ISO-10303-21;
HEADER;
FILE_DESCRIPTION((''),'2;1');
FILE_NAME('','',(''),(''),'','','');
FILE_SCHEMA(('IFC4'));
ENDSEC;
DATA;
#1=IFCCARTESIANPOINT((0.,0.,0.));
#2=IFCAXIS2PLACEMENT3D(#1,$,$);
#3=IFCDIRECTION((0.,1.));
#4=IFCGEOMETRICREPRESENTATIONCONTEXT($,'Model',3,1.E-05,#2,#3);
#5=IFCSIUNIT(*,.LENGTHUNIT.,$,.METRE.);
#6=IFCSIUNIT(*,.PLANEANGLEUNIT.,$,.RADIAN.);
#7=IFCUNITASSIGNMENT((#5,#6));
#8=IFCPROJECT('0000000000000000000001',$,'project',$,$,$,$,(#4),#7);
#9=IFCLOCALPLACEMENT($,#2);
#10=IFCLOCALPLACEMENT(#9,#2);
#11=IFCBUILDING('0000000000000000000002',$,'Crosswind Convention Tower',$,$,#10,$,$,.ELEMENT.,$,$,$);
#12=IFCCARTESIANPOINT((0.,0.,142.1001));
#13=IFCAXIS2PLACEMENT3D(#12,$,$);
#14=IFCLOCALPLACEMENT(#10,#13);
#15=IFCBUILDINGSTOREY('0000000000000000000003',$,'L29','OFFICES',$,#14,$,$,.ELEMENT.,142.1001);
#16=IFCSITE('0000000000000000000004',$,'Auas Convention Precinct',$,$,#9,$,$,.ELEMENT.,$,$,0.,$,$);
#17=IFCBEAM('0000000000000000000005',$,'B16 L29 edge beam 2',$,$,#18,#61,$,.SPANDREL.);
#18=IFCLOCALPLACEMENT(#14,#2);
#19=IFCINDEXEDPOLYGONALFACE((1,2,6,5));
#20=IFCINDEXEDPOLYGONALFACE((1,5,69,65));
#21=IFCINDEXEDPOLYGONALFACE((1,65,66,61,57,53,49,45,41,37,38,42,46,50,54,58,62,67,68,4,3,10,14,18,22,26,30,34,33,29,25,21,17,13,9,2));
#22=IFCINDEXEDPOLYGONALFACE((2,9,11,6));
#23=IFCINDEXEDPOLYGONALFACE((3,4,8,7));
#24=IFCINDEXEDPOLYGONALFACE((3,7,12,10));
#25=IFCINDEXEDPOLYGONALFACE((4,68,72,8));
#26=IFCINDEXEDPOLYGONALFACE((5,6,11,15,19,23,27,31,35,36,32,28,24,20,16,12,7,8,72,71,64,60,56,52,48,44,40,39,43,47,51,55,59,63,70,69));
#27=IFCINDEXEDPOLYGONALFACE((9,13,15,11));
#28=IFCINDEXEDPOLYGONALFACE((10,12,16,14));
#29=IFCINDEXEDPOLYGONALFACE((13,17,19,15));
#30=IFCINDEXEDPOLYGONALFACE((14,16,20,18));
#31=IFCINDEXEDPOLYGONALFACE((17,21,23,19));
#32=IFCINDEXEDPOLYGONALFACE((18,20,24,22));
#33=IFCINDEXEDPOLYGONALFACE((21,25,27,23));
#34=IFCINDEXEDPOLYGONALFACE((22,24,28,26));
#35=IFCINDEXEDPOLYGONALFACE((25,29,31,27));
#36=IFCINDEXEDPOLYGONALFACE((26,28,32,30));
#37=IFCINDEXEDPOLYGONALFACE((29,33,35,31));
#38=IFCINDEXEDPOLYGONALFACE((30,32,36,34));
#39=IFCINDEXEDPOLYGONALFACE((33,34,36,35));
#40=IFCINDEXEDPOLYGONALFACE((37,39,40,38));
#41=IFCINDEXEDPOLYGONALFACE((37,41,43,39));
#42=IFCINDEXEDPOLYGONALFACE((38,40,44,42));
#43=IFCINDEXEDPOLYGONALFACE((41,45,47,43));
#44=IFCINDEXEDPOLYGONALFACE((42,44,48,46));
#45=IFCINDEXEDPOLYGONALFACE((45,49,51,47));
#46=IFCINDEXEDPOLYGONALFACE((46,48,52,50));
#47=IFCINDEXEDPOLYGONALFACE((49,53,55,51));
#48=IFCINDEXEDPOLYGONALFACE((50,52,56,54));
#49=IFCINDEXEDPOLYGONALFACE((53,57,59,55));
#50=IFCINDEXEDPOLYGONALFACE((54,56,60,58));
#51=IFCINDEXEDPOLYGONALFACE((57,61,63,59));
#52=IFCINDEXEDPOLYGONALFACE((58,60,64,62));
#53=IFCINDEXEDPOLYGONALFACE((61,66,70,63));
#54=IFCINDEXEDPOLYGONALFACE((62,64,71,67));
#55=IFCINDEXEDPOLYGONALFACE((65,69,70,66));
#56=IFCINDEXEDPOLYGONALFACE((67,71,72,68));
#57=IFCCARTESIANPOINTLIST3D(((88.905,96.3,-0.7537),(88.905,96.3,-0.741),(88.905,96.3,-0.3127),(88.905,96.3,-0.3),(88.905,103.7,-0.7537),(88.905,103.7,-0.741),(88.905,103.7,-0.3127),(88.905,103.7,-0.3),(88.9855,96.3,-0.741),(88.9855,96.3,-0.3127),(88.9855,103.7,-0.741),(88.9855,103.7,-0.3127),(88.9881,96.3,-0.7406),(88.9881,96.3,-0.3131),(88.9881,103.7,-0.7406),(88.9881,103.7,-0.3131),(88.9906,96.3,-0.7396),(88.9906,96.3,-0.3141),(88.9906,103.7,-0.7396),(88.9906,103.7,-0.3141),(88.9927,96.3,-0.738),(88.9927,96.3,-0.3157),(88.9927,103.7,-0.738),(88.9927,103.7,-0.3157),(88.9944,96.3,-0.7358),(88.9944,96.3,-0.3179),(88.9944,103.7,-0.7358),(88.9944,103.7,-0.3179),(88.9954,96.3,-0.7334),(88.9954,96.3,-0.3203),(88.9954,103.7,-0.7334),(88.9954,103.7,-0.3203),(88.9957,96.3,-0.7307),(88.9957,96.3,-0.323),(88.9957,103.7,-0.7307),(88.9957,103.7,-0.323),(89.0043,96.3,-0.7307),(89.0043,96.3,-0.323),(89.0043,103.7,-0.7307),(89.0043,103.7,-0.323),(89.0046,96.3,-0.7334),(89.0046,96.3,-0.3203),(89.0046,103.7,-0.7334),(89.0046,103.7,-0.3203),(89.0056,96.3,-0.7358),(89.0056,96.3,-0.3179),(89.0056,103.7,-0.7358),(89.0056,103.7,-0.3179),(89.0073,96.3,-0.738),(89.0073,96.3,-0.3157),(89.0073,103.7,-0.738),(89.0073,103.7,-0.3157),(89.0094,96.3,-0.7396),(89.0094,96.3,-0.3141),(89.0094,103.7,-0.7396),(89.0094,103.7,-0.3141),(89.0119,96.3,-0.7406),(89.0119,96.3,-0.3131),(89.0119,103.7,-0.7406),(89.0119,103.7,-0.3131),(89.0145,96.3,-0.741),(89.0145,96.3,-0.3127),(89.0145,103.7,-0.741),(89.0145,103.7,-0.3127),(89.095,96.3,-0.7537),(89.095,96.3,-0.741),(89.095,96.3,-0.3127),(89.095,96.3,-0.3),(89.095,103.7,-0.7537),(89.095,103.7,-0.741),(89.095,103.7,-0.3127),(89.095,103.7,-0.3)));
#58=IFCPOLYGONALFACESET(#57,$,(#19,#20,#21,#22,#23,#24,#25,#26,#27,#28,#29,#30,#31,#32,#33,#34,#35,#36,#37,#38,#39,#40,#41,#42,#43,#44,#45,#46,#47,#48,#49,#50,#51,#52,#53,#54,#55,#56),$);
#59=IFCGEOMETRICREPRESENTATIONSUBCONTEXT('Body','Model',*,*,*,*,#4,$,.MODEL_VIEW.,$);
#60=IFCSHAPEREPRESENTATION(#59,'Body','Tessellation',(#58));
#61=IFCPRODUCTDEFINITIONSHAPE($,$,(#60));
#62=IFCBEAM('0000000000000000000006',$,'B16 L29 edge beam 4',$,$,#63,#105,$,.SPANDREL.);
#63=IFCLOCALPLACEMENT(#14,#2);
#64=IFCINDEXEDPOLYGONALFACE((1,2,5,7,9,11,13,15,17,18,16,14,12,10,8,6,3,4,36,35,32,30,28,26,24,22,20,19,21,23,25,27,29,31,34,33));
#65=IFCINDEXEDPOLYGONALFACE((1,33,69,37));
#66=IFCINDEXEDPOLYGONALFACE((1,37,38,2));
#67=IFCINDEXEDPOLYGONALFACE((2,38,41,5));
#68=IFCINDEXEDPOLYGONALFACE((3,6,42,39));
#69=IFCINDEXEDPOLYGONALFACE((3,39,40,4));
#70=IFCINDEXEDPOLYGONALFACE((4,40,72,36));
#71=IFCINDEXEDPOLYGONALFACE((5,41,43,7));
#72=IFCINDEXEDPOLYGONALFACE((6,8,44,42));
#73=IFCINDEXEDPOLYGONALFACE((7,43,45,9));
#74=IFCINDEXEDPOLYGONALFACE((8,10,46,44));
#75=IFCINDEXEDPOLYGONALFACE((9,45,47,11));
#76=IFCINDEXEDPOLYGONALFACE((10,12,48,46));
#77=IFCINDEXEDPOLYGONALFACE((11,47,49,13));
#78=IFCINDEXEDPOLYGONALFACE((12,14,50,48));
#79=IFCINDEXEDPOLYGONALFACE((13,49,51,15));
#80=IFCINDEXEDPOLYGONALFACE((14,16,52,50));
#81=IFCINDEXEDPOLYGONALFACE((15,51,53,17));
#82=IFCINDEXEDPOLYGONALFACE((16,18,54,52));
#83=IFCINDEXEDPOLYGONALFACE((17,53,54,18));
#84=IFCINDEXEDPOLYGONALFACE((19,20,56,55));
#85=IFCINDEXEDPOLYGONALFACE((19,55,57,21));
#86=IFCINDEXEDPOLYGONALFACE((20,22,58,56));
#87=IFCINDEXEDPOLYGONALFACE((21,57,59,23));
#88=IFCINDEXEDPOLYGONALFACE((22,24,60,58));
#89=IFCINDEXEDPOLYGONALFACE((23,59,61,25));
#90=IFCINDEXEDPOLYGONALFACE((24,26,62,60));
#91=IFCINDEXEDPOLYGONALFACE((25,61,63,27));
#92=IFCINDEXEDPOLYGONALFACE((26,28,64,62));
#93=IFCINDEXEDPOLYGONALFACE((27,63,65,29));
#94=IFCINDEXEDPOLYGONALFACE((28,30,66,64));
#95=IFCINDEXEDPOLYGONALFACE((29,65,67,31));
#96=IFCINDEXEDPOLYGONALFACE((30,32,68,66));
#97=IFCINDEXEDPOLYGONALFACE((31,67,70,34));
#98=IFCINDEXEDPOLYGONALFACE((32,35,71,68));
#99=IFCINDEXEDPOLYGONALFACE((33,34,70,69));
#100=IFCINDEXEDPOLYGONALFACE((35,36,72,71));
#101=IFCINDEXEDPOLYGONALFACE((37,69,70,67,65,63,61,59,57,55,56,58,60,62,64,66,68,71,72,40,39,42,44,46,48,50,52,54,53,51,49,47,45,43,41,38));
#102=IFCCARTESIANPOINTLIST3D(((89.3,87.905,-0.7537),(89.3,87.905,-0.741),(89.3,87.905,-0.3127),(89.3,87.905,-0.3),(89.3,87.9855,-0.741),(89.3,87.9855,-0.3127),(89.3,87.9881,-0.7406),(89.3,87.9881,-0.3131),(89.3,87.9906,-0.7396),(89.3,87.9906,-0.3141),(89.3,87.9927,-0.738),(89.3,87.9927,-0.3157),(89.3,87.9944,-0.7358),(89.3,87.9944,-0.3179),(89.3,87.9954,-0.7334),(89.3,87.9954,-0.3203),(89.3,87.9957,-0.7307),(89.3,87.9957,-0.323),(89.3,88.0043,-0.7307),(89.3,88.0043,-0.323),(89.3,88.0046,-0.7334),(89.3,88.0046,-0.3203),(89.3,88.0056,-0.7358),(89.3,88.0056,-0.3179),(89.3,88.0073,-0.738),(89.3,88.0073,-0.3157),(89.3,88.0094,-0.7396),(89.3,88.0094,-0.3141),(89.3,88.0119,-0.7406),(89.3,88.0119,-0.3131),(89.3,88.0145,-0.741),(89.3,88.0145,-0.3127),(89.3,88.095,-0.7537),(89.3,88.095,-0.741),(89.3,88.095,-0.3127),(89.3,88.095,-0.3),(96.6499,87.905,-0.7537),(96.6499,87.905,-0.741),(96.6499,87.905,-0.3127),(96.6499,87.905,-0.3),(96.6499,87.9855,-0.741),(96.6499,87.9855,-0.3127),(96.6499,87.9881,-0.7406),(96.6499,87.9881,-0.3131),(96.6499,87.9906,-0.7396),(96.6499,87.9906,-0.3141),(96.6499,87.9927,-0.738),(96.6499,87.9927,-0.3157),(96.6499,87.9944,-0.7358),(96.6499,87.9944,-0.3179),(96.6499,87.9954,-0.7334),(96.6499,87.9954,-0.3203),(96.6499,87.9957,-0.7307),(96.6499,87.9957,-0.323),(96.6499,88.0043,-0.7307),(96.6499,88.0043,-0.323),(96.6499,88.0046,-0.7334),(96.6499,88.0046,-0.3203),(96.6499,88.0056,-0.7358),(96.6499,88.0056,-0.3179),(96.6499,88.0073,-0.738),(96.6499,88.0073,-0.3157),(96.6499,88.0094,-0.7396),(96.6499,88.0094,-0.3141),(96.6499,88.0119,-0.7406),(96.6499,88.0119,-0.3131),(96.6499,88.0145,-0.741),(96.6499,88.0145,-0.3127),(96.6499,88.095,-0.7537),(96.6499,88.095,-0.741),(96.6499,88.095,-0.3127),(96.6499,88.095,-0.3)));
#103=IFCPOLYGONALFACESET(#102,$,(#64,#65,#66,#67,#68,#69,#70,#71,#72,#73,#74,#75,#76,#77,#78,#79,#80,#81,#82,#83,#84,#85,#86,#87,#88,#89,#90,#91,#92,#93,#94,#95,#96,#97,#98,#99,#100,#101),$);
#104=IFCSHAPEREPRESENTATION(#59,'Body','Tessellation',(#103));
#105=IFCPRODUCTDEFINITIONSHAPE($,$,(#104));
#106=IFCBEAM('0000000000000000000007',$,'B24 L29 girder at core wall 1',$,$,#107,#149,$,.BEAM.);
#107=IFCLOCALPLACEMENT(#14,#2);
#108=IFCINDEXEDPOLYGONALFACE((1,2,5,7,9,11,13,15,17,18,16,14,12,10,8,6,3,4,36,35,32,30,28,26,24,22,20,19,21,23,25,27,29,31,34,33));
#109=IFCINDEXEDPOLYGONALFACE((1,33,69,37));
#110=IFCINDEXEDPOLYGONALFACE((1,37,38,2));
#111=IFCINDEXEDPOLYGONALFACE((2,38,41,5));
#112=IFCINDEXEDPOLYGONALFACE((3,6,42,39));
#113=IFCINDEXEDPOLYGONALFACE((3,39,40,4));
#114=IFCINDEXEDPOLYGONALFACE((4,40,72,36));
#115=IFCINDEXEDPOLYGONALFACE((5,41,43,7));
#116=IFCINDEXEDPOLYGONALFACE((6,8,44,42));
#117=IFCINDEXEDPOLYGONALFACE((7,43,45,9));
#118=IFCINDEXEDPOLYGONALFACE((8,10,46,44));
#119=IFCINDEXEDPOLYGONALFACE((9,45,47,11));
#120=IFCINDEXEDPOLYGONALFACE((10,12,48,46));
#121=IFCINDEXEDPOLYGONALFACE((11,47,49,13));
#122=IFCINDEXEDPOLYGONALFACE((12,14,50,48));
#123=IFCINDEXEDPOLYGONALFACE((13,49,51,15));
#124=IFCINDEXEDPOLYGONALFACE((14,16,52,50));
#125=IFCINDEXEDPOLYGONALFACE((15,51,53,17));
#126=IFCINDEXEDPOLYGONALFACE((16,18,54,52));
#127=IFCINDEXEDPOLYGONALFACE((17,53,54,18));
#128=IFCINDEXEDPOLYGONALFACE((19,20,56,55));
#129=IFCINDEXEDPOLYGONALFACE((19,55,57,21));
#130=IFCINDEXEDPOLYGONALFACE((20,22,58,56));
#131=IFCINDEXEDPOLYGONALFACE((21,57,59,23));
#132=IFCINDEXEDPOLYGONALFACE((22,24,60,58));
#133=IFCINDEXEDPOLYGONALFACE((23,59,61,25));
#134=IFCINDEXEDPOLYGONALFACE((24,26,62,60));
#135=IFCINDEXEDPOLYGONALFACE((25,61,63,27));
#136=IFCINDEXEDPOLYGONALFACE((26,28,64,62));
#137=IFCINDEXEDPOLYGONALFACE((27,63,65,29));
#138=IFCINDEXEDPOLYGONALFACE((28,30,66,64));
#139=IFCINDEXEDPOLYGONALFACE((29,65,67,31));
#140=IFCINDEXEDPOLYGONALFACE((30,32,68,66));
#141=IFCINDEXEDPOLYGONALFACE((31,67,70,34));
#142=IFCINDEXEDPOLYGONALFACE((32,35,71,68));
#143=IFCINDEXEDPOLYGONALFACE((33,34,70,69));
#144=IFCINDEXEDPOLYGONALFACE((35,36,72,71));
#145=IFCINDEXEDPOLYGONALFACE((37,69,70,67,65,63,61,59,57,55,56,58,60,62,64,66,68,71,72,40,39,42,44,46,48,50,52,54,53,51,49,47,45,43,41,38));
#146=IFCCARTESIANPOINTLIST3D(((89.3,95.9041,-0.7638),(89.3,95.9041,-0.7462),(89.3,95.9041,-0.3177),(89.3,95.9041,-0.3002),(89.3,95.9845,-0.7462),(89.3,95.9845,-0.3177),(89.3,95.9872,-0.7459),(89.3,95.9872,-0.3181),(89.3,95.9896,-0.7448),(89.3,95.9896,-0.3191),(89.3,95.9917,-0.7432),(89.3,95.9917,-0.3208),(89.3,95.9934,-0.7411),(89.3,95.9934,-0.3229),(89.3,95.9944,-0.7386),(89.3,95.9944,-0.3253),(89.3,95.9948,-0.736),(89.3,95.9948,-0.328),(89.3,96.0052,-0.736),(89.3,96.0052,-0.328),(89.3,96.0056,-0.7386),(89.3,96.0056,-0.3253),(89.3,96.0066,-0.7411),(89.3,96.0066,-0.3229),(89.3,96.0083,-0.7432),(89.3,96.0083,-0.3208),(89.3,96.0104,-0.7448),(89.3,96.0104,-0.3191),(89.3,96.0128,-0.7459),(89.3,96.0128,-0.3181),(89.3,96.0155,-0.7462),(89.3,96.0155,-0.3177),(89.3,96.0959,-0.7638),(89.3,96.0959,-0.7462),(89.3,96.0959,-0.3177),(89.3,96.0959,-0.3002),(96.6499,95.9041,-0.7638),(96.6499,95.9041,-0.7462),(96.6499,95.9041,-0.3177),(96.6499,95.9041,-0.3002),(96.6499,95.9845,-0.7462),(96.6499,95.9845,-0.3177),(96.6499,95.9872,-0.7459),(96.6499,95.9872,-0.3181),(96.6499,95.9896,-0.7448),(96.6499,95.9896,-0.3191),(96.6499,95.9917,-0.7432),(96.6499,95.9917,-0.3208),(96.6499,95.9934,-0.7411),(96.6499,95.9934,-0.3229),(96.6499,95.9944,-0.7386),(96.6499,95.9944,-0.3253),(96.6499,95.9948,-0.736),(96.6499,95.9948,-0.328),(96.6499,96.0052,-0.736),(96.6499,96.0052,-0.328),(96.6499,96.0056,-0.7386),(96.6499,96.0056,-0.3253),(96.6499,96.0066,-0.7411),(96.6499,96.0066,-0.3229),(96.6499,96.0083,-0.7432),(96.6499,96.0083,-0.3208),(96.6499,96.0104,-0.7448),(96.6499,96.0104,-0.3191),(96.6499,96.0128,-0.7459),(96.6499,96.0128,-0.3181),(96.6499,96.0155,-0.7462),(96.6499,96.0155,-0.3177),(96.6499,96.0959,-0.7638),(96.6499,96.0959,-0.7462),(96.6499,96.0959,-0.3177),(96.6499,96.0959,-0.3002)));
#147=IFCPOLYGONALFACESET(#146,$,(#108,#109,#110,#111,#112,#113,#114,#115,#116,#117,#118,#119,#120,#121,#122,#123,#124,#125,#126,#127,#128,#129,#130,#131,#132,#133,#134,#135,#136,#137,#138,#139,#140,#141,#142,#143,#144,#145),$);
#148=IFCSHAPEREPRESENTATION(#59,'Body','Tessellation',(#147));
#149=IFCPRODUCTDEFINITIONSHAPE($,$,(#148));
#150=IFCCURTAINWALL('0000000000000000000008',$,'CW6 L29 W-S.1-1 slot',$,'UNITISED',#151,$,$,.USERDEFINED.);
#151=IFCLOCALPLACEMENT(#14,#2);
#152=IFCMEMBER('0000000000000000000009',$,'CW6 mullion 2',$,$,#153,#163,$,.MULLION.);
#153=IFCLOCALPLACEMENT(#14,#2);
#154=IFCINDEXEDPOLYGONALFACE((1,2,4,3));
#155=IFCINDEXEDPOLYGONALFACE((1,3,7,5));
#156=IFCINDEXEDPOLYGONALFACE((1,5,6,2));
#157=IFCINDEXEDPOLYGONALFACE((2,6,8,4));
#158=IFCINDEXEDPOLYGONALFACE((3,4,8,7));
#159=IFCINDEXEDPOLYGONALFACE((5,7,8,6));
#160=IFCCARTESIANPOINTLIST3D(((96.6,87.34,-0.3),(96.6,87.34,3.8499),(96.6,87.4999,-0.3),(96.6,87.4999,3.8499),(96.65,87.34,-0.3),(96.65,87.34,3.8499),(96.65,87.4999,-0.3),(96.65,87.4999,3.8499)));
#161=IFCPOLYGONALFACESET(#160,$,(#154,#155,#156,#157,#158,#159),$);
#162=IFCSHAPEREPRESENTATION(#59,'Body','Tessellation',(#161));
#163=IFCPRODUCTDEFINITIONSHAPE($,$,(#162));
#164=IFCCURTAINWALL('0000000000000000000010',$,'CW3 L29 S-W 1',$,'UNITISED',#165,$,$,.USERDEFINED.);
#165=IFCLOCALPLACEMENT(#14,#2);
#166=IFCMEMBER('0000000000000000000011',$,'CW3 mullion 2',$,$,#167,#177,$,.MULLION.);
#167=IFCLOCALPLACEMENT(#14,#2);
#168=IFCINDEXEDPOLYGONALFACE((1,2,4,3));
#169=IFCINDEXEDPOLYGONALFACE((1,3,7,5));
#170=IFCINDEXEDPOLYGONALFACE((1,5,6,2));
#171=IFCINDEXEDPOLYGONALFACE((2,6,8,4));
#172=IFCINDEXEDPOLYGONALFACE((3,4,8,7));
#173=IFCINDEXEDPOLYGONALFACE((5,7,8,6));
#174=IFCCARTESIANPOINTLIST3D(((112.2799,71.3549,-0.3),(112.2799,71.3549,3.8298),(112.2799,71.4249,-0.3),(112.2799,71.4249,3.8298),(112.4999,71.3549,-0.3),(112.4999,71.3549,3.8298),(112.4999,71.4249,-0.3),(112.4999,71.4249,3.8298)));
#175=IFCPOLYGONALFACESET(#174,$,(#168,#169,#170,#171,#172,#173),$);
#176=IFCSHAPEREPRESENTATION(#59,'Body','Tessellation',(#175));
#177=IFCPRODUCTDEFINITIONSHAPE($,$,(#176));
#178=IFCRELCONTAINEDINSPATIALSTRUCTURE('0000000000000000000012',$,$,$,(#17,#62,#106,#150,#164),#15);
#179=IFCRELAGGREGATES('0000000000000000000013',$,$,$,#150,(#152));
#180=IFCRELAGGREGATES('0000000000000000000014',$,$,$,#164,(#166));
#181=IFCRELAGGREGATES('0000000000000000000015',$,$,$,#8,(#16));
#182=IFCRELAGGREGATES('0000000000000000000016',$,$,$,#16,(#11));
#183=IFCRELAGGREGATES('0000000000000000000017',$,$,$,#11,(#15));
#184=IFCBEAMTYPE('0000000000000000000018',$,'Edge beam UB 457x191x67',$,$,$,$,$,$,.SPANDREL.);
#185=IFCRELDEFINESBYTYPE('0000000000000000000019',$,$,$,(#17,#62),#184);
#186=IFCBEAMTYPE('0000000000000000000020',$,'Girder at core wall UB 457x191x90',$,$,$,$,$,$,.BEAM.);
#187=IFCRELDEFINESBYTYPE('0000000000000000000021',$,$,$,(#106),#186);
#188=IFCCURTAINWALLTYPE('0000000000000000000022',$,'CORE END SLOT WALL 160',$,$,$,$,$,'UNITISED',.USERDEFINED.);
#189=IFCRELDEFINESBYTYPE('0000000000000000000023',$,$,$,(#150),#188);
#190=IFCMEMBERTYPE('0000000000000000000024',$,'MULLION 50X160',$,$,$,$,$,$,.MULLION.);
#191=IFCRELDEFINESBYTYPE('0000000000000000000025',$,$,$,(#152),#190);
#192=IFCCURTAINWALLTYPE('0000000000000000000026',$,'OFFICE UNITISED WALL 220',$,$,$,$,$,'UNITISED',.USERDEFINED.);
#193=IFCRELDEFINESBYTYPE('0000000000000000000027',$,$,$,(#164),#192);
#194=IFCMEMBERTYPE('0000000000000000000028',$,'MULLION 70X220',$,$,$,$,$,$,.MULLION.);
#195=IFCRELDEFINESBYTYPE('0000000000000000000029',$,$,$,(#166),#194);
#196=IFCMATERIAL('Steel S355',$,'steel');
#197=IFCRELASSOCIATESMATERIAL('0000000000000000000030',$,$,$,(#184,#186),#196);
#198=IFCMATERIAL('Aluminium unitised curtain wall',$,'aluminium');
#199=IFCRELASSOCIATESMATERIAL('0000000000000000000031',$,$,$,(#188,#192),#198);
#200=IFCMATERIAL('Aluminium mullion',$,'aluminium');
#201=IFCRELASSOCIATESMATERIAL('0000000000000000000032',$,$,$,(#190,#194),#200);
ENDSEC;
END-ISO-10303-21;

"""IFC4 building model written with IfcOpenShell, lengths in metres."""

from ifc_helpers import new_model, si_unit, direction, frame, origin, origin_2d, place, context, subcontext, project, spatial, rectangle, i_section, extrude, material, material_profile, profile_set, type_object, element, aggregate, save


model = new_model("IFC4")

# Units and contexts
model_context = context("Model", 3, precision=1e-05, world=origin(), true_north=direction((0.0, 1.0)))
body_context = subcontext(model_context, "Body", "Model", "MODEL_VIEW")
ifc_project = project(units=[si_unit("LENGTHUNIT", "METRE"), si_unit("PLANEANGLEUNIT", "RADIAN")], contexts=[model_context])

# Site, building, storey
site_placement = place(None, origin())
site = spatial("IfcSite", under=ifc_project, at=site_placement, Name="Auas Convention Precinct", CompositionType="ELEMENT", RefElevation=0.0)
building_placement = place(site_placement, origin())
building = spatial("IfcBuilding", under=site, at=building_placement, Name="Crosswind Convention Tower", CompositionType="ELEMENT")
storey_placement = place(building_placement, frame((0.0, 0.0, 142.1001)))
storey = spatial("IfcBuildingStorey", under=building, at=storey_placement, Name="L29", Description="OFFICES", CompositionType="ELEMENT", Elevation=142.1001)

# Beams
ifc_material_1 = material(Name="Steel S355", Category="steel")
ifc_material_profile_1 = material_profile(ifc_material_1, i_section(OverallWidth=0.1899, OverallDepth=0.4536, WebThickness=0.0085, FlangeThickness=0.0127, FilletRadius=0.0103, at=origin_2d()), Name="UB 457x191x67")
ifc_profile_set_1 = profile_set([ifc_material_profile_1], Name="Steel S355")
beam_type_1 = type_object("IfcBeamType", Name="Edge beam UB 457x191x67", PredefinedType="SPANDREL", material=ifc_profile_set_1)
beam_1_placement = place(storey_placement, frame((89.0, 96.3, -0.5269), z_axis=(0.0, 1.0, 0.0), x_axis=(-1.0, 0.0, 0.0)))
element("IfcBeam", 1, at=beam_1_placement, inside=storey, type_object=beam_type_1, Name="B16 L29 edge beam 2", PredefinedType="SPANDREL", context=body_context, shape_type="SweptSolid", body=[
    extrude(i_section(OverallWidth=0.1899, OverallDepth=0.4536, WebThickness=0.0085, FlangeThickness=0.0127, FilletRadius=0.0103, at=origin_2d()), origin(), (0.0, 0.0, 1.0), 7.3999),
])
beam_2_placement = place(storey_placement, frame((89.3, 88.0, -0.5269), z_axis=(1.0, 0.0, 0.0), x_axis=(0.0, 1.0, 0.0)))
element("IfcBeam", 2, at=beam_2_placement, inside=storey, type_object=beam_type_1, Name="B16 L29 edge beam 4", PredefinedType="SPANDREL", context=body_context, shape_type="SweptSolid", body=[
    extrude(i_section(OverallWidth=0.1899, OverallDepth=0.4536, WebThickness=0.0085, FlangeThickness=0.0127, FilletRadius=0.0103, at=origin_2d()), origin(), (0.0, 0.0, 1.0), 7.3499),
])
ifc_material_profile_2 = material_profile(ifc_material_1, i_section(OverallWidth=0.1919, OverallDepth=0.4636, WebThickness=0.0105, FlangeThickness=0.0176, FilletRadius=0.0103, at=origin_2d()), Name="UB 457x191x90")
ifc_profile_set_2 = profile_set([ifc_material_profile_2], Name="Steel S355")
beam_type_2 = type_object("IfcBeamType", Name="Girder at core wall UB 457x191x90", PredefinedType="BEAM", material=ifc_profile_set_2)
beam_3_placement = place(storey_placement, frame((89.3, 96.0, -0.532), z_axis=(1.0, 0.0, 0.0), x_axis=(0.0, 1.0, 0.0)))
element("IfcBeam", 3, at=beam_3_placement, inside=storey, type_object=beam_type_2, Name="B24 L29 girder at core wall 1", PredefinedType="BEAM", context=body_context, shape_type="SweptSolid", body=[
    extrude(i_section(OverallWidth=0.1919, OverallDepth=0.4636, WebThickness=0.0105, FlangeThickness=0.0176, FilletRadius=0.0103, at=origin_2d()), origin(), (0.0, 0.0, 1.0), 7.3499),
])

# Curtain walls, members
ifc_material_2 = material(Name="Aluminium unitised curtain wall", Category="aluminium")
curtain_wall_type_1 = type_object("IfcCurtainWallType", Name="CORE END SLOT WALL 160", ElementType="UNITISED", PredefinedType="USERDEFINED", material=ifc_material_2)
curtain_wall_1_placement = place(storey_placement, origin())
curtain_wall_1 = element("IfcCurtainWall", 4, at=curtain_wall_1_placement, inside=storey, type_object=curtain_wall_type_1, Name="CW6 L29 W-S.1-1 slot", ObjectType="UNITISED", PredefinedType="USERDEFINED")
ifc_material_3 = material(Name="Aluminium mullion", Category="aluminium")
ifc_material_profile_3 = material_profile(ifc_material_3, rectangle(XDim=0.1599, YDim=0.05, at=origin_2d()), Name="AL 160X50")
ifc_profile_set_3 = profile_set([ifc_material_profile_3], Name="Aluminium mullion")
member_type_1 = type_object("IfcMemberType", Name="MULLION 50X160", PredefinedType="MULLION", material=ifc_profile_set_3)
member_1_placement = place(storey_placement, frame((96.625, 87.4199, -0.3), z_axis=(0.0, 0.0, 1.0), x_axis=(0.0, -1.0, 0.0)))
member_1 = element("IfcMember", 5, at=member_1_placement, type_object=member_type_1, Name="CW6 mullion 2", PredefinedType="MULLION", context=body_context, shape_type="SweptSolid", body=[
    extrude(rectangle(XDim=0.1599, YDim=0.05, at=origin_2d()), origin(), (0.0, 0.0, 1.0), 4.1499),
])
aggregate(curtain_wall_1, [member_1])
curtain_wall_type_2 = type_object("IfcCurtainWallType", Name="OFFICE UNITISED WALL 220", ElementType="UNITISED", PredefinedType="USERDEFINED", material=ifc_material_2)
curtain_wall_2_placement = place(storey_placement, origin())
curtain_wall_2 = element("IfcCurtainWall", 6, at=curtain_wall_2_placement, inside=storey, type_object=curtain_wall_type_2, Name="CW3 L29 S-W 1", ObjectType="UNITISED", PredefinedType="USERDEFINED")
ifc_material_profile_4 = material_profile(ifc_material_3, rectangle(XDim=0.22, YDim=0.0701, at=origin_2d()), Name="AL 220X70")
ifc_profile_set_4 = profile_set([ifc_material_profile_4], Name="Aluminium mullion")
member_type_2 = type_object("IfcMemberType", Name="MULLION 70X220", PredefinedType="MULLION", material=ifc_profile_set_4)
member_2_placement = place(storey_placement, frame((112.3899, 71.3899, -0.3), z_axis=(0.0, 0.0, 1.0), x_axis=(-1.0, 0.0, 0.0)))
member_2 = element("IfcMember", 7, at=member_2_placement, type_object=member_type_2, Name="CW3 mullion 2", PredefinedType="MULLION", context=body_context, shape_type="SweptSolid", body=[
    extrude(rectangle(XDim=0.22, YDim=0.0701, at=origin_2d()), origin(), (0.0, 0.0, 1.0), 4.1299),
])

aggregate(curtain_wall_2, [member_2])

save(model, "model.ifc")
